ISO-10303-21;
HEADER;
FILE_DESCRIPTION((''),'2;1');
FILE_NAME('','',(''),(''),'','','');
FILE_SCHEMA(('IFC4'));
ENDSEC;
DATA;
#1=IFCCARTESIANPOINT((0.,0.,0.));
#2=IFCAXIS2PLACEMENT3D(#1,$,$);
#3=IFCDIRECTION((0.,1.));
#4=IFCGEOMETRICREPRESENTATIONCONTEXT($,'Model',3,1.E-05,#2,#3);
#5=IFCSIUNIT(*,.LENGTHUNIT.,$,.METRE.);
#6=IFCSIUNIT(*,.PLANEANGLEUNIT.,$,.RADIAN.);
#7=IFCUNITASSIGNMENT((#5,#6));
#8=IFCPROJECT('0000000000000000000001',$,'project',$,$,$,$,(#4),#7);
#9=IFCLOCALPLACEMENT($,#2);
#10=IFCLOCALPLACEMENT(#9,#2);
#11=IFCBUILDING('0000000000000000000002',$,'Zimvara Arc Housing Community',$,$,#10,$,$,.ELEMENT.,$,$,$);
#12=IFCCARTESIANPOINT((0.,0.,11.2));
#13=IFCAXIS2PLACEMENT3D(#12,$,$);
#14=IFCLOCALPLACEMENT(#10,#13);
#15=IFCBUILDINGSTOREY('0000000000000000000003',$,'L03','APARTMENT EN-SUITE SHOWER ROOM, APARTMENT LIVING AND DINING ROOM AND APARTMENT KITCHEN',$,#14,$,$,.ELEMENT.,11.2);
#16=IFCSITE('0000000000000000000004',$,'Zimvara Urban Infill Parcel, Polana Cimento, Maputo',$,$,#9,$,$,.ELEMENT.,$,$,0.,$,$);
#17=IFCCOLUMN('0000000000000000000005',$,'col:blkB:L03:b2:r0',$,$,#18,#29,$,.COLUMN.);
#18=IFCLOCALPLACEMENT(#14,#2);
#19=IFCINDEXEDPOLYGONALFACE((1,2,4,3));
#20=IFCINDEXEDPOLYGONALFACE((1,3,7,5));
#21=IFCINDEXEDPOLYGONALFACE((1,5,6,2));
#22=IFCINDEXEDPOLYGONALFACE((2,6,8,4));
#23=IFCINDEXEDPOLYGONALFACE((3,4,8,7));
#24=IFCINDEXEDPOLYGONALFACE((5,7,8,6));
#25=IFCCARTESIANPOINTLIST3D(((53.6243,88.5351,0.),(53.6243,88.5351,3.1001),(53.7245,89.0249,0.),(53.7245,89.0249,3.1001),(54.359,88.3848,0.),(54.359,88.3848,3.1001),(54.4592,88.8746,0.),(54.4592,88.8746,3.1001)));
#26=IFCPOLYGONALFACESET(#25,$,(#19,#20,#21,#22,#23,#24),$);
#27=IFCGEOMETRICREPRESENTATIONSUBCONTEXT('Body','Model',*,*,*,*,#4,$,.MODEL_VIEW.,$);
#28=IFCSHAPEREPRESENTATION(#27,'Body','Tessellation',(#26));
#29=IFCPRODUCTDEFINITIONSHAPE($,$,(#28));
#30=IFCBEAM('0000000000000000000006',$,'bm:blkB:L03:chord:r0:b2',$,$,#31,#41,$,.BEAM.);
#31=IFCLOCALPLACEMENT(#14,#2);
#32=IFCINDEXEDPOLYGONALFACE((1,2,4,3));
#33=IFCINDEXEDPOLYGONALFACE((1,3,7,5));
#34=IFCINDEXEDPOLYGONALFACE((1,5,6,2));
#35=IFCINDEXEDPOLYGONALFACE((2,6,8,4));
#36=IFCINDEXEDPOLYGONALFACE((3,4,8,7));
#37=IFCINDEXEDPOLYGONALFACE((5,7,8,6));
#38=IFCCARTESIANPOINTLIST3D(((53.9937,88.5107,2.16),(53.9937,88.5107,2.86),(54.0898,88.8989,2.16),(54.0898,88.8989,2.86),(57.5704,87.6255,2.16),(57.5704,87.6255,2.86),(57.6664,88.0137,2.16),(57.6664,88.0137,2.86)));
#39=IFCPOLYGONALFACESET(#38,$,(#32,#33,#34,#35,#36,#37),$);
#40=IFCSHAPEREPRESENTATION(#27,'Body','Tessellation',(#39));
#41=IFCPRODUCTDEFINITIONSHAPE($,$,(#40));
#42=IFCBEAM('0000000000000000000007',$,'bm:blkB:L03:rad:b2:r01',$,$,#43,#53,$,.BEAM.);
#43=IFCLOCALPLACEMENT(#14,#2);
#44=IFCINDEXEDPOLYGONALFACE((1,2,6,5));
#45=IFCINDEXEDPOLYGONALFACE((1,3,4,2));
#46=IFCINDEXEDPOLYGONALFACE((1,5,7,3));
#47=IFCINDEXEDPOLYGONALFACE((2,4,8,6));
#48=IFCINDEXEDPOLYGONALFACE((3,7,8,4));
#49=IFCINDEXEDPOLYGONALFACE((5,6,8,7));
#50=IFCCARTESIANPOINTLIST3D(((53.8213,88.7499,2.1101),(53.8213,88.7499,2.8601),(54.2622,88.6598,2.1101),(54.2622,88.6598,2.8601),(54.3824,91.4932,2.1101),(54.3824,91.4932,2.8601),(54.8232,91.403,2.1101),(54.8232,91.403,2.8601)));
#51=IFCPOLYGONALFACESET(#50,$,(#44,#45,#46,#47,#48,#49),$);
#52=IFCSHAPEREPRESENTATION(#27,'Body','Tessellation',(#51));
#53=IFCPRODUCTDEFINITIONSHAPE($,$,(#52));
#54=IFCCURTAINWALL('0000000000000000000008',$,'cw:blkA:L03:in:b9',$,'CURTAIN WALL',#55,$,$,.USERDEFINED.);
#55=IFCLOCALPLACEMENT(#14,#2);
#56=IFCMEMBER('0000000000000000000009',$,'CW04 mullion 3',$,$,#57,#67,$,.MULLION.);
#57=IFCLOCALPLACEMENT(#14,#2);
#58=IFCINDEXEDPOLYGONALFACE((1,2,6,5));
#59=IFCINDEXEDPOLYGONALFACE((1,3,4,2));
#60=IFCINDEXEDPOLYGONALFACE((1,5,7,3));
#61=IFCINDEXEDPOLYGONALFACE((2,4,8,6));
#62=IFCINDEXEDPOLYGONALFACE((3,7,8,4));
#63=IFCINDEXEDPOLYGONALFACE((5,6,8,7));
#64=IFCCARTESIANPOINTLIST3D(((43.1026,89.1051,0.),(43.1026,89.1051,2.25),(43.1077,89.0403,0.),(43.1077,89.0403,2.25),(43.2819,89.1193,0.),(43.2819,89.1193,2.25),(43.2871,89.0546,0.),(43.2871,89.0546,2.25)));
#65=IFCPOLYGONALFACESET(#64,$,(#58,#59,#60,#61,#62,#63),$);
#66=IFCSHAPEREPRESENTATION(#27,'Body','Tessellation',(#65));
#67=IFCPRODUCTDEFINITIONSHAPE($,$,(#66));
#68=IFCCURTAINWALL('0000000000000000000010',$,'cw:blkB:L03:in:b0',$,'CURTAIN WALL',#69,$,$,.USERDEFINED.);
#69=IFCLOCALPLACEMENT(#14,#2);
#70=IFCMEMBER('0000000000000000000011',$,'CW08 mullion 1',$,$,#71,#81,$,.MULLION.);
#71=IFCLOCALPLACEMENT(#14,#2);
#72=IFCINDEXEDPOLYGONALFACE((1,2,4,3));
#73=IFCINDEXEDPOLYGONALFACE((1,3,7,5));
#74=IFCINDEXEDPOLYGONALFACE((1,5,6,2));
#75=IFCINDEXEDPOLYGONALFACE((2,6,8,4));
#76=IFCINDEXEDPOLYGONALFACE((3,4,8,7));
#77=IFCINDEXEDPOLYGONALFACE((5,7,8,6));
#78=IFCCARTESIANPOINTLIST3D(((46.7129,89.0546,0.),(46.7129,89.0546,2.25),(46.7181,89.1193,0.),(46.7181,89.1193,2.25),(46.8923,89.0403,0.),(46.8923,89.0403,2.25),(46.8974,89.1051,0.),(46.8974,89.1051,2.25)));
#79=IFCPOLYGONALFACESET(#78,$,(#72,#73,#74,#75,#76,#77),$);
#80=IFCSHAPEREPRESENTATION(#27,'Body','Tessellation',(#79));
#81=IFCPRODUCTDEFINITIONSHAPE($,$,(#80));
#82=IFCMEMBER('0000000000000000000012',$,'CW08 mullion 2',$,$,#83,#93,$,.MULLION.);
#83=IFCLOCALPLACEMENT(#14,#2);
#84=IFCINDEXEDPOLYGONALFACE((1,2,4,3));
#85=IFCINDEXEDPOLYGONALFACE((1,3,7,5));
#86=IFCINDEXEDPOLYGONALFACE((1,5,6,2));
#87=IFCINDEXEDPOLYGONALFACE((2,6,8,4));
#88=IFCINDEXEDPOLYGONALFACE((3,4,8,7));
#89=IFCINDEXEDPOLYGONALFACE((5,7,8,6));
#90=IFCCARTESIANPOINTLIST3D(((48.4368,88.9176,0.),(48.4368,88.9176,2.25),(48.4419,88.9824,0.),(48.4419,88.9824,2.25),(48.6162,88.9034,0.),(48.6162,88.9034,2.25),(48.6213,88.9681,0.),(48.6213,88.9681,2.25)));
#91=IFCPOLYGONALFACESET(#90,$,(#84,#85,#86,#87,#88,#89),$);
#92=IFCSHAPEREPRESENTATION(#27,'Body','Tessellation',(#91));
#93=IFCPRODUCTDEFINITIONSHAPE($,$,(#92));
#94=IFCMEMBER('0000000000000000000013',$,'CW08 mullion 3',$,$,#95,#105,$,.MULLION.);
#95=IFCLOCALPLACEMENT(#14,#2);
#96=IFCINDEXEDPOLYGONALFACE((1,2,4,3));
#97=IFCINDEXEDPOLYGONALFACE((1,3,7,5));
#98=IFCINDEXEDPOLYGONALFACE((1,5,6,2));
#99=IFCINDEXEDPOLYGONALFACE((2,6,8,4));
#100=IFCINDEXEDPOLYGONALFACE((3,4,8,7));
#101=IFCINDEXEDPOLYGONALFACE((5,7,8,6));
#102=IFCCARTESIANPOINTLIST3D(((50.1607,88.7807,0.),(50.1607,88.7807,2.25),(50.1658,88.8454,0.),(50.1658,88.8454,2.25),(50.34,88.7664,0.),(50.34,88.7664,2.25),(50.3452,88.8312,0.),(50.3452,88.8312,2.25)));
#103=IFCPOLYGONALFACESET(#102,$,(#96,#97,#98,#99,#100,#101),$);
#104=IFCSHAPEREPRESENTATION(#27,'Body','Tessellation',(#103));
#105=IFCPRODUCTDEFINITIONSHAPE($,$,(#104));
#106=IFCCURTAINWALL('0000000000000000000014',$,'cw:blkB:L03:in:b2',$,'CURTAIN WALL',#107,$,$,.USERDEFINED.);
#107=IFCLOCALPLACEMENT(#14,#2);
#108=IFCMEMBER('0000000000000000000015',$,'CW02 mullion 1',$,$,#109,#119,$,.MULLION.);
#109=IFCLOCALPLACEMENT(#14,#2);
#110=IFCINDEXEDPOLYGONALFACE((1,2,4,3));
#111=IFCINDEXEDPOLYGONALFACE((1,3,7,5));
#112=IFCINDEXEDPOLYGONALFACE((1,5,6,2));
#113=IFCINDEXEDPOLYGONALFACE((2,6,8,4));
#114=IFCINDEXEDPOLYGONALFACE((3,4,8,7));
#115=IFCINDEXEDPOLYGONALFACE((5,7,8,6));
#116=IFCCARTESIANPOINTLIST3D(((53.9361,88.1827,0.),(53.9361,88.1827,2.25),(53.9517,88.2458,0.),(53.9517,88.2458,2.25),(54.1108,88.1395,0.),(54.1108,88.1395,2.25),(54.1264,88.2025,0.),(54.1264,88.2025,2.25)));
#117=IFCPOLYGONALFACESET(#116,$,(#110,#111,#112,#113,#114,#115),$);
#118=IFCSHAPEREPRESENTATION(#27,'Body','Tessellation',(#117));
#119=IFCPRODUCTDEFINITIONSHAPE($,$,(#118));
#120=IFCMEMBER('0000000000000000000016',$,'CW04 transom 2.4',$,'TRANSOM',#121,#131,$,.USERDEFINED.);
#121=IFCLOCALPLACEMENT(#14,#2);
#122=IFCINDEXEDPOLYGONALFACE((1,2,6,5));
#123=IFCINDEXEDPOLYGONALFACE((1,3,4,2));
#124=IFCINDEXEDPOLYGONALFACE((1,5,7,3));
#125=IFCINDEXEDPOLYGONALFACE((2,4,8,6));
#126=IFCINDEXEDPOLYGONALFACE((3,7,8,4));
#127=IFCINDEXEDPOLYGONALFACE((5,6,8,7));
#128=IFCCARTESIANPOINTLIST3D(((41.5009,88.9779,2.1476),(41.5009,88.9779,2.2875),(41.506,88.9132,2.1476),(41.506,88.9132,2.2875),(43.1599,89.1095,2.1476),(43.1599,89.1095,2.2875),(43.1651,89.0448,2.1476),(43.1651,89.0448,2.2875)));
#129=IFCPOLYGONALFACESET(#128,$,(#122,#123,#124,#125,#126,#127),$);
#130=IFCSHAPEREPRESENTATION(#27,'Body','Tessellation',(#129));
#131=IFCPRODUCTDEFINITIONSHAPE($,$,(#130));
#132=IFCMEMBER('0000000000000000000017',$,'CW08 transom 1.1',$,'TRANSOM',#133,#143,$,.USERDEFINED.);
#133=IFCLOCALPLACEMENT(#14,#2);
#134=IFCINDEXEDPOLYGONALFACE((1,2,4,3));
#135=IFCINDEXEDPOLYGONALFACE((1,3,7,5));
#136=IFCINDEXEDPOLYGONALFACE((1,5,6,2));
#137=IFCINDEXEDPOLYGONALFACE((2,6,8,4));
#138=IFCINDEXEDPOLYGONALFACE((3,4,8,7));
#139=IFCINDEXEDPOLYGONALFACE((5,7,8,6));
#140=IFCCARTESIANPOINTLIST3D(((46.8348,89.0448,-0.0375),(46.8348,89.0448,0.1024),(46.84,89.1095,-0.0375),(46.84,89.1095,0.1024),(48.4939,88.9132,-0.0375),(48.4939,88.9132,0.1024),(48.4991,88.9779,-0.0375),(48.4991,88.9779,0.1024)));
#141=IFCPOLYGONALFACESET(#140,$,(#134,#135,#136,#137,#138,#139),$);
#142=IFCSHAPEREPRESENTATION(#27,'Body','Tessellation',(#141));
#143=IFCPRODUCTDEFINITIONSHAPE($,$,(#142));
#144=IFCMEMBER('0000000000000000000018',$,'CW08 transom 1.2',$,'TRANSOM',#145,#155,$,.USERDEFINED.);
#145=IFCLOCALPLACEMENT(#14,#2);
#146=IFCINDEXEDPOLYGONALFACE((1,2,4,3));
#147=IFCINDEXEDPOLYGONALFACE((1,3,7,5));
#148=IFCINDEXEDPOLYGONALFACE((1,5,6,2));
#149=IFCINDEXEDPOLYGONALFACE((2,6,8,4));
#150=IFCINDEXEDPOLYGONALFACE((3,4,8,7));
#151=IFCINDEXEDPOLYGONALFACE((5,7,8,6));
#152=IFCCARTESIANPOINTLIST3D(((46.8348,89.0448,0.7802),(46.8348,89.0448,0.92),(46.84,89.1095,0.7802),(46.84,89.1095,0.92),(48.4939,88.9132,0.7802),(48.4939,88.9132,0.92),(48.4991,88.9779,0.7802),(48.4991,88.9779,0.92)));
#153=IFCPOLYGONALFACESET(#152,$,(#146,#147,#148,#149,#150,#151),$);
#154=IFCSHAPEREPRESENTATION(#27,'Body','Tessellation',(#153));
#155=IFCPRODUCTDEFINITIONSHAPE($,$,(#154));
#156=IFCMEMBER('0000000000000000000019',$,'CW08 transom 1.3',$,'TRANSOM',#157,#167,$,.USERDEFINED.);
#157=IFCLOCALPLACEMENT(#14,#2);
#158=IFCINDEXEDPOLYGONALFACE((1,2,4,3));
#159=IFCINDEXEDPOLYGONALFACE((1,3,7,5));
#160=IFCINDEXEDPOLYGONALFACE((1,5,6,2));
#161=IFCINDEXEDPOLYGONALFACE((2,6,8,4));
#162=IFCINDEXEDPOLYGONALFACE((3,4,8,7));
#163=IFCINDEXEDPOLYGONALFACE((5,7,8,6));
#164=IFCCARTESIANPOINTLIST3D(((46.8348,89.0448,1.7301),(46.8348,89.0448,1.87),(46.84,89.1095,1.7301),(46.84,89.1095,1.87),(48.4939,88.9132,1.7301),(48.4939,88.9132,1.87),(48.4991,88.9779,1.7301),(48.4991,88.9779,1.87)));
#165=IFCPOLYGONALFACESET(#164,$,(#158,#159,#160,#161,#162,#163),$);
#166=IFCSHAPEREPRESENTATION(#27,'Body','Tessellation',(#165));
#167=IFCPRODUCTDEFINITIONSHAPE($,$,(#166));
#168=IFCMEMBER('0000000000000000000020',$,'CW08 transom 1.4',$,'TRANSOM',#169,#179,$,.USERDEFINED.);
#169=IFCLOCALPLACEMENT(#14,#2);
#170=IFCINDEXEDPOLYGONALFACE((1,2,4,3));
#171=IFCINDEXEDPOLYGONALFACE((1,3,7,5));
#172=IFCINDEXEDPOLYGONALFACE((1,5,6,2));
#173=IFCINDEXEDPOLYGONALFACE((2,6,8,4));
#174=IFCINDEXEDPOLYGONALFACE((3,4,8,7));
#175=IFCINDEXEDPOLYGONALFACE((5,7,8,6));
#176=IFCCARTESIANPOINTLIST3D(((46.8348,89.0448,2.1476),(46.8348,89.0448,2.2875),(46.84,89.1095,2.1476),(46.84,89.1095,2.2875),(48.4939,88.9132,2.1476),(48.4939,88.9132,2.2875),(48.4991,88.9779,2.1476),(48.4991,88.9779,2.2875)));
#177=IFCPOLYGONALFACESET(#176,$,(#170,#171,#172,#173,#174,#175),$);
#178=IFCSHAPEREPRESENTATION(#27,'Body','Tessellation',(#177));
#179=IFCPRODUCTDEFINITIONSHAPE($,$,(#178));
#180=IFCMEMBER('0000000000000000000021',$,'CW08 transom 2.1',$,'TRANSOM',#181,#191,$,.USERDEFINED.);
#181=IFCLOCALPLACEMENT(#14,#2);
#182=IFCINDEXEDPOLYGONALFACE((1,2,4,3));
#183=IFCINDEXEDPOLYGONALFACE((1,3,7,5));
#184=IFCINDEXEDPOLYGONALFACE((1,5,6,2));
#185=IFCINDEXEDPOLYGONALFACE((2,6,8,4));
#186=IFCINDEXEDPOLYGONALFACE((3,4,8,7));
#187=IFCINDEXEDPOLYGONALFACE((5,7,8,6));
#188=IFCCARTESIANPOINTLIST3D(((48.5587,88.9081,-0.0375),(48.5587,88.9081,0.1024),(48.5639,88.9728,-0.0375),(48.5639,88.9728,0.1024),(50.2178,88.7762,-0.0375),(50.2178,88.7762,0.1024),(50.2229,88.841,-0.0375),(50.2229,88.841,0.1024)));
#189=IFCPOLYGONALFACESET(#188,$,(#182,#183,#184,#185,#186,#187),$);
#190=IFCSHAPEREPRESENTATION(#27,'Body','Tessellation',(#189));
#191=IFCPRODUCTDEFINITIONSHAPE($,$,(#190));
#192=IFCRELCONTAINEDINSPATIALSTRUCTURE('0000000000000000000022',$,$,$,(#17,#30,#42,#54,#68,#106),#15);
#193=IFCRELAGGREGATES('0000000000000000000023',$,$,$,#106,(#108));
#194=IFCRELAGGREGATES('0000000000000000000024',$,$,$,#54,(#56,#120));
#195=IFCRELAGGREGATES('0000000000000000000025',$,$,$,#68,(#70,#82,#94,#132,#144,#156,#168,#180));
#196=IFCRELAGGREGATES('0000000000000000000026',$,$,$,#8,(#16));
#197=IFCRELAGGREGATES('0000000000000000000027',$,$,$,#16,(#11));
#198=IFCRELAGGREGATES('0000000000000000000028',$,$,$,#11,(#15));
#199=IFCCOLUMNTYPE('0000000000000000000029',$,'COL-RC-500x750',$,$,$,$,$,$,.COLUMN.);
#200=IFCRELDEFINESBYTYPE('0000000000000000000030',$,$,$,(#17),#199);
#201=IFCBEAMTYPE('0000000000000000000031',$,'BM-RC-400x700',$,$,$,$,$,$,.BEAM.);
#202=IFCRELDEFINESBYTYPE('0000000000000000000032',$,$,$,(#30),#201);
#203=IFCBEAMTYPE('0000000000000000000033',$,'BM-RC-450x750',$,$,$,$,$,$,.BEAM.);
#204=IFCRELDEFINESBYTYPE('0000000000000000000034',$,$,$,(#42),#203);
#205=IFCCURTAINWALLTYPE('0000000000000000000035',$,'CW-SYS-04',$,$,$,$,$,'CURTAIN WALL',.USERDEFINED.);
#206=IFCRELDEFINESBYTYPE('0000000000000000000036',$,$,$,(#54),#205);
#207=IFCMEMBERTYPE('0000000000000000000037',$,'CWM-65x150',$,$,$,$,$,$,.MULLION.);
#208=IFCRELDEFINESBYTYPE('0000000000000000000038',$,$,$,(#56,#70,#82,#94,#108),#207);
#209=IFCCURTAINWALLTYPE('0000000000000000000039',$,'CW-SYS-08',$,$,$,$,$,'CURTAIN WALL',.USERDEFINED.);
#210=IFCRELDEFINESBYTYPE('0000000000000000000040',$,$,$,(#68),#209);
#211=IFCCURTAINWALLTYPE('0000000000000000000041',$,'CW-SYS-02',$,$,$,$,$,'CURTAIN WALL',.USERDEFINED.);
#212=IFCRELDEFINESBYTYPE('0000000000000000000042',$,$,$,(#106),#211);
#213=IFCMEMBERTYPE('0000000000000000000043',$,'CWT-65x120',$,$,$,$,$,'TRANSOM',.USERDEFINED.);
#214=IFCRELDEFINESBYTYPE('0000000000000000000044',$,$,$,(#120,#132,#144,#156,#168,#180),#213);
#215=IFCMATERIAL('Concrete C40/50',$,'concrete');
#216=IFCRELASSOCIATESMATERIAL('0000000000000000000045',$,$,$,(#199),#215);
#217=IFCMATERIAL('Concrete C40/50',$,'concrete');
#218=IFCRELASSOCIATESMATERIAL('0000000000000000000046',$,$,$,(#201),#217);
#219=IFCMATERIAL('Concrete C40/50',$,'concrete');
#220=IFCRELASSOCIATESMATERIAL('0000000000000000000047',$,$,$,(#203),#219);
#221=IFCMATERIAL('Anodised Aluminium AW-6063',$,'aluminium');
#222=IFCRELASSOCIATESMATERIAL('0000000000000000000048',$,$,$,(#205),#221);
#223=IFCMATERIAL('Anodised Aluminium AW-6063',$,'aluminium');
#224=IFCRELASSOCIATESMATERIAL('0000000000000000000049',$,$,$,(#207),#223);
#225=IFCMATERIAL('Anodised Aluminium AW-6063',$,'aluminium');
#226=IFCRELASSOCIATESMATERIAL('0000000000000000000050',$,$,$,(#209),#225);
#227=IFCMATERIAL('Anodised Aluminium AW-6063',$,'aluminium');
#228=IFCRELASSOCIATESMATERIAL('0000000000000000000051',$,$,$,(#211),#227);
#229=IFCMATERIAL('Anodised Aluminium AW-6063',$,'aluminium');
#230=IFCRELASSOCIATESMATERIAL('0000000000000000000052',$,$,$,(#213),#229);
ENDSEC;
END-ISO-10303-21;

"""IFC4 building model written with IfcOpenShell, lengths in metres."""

from ifc_helpers import new_model, si_unit, direction, frame, origin, origin_2d, place, context, subcontext, project, spatial, rectangle, extrude, material, material_profile, profile_set, type_object, element, aggregate, save


model = new_model("IFC4")

# Units and contexts
model_context = context("Model", 3, precision=1e-05, world=origin(), true_north=direction((0.0, 1.0)))
body_context = subcontext(model_context, "Body", "Model", "MODEL_VIEW")
ifc_project = project(units=[si_unit("LENGTHUNIT", "METRE"), si_unit("PLANEANGLEUNIT", "RADIAN")], contexts=[model_context])

# Site, building, storey
site_placement = place(None, origin())
site = spatial("IfcSite", under=ifc_project, at=site_placement, Name="Zimvara Urban Infill Parcel, Polana Cimento, Maputo", CompositionType="ELEMENT", RefElevation=0.0)
building_placement = place(site_placement, origin())
building = spatial("IfcBuilding", under=site, at=building_placement, Name="Zimvara Arc Housing Community", CompositionType="ELEMENT")
storey_placement = place(building_placement, frame((0.0, 0.0, 11.2)))
storey = spatial("IfcBuildingStorey", under=building, at=storey_placement, Name="L03", Description="APARTMENT EN-SUITE SHOWER ROOM, APARTMENT LIVING AND DINING ROOM AND APARTMENT KITCHEN", CompositionType="ELEMENT", Elevation=11.2)

# Column
ifc_material_1 = material(Name="Concrete C40/50", Category="concrete")
ifc_material_profile_1 = material_profile(ifc_material_1, rectangle(XDim=0.5, YDim=0.75, at=origin_2d()), Name="RC 500x750")
ifc_profile_set_1 = profile_set([ifc_material_profile_1], Name="Concrete C40/50")
column_type = type_object("IfcColumnType", Name="COL-RC-500x750", PredefinedType="COLUMN", material=ifc_profile_set_1)
column_placement = place(storey_placement, frame((54.0417, 88.7048, 0.0), z_axis=(0.0, 0.0, 1.0), x_axis=(0.200394, 0.979715, 0.0)))
element("IfcColumn", 1, at=column_placement, inside=storey, type_object=column_type, Name="col:blkB:L03:b2:r0", PredefinedType="COLUMN", context=body_context, shape_type="SweptSolid", body=[
    extrude(rectangle(XDim=0.5, YDim=0.75, at=origin_2d()), origin(), (0.0, 0.0, 1.0), 3.1001),
])

# Beams
ifc_material_2 = material(Name="Concrete C40/50", Category="concrete")
ifc_material_profile_2 = material_profile(ifc_material_2, rectangle(XDim=0.3999, YDim=0.7, at=origin_2d()), Name="RC 400x700")
ifc_profile_set_2 = profile_set([ifc_material_profile_2], Name="Concrete C40/50")
beam_type_1 = type_object("IfcBeamType", Name="BM-RC-400x700", PredefinedType="BEAM", material=ifc_profile_set_2)
beam_1_placement = place(storey_placement, frame((54.0417, 88.7048, 2.51), z_axis=(0.970709, -0.240259, 0.0), x_axis=(0.240259, 0.970709, 0.0)))
element("IfcBeam", 2, at=beam_1_placement, inside=storey, type_object=beam_type_1, Name="bm:blkB:L03:chord:r0:b2", PredefinedType="BEAM", context=body_context, shape_type="SweptSolid", body=[
    extrude(rectangle(XDim=0.3999, YDim=0.7, at=origin_2d()), origin(), (0.0, 0.0, 1.0), 3.6846),
])
ifc_material_3 = material(Name="Concrete C40/50", Category="concrete")
ifc_material_profile_3 = material_profile(ifc_material_3, rectangle(XDim=0.45, YDim=0.75, at=origin_2d()), Name="RC 450x750")
ifc_profile_set_3 = profile_set([ifc_material_profile_3], Name="Concrete C40/50")
beam_type_2 = type_object("IfcBeamType", Name="BM-RC-450x750", PredefinedType="BEAM", material=ifc_profile_set_3)
beam_2_placement = place(storey_placement, frame((54.0417, 88.7048, 2.4851), z_axis=(0.200373, 0.97972, 0.0), x_axis=(-0.97972, 0.200373, 0.0)))
element("IfcBeam", 3, at=beam_2_placement, inside=storey, type_object=beam_type_2, Name="bm:blkB:L03:rad:b2:r01", PredefinedType="BEAM", context=body_context, shape_type="SweptSolid", body=[
    extrude(rectangle(XDim=0.45, YDim=0.75, at=origin_2d()), origin(), (0.0, 0.0, 1.0), 2.8),
])

# Curtain wall, member
ifc_material_4 = material(Name="Anodised Aluminium AW-6063", Category="aluminium")
curtain_wall_type_1 = type_object("IfcCurtainWallType", Name="CW-SYS-04", ElementType="CURTAIN WALL", PredefinedType="USERDEFINED", material=ifc_material_4)
curtain_wall_1_placement = place(storey_placement, origin())
curtain_wall_1 = element("IfcCurtainWall", 4, at=curtain_wall_1_placement, inside=storey, type_object=curtain_wall_type_1, Name="cw:blkA:L03:in:b9", ObjectType="CURTAIN WALL", PredefinedType="USERDEFINED")
ifc_material_5 = material(Name="Anodised Aluminium AW-6063", Category="aluminium")
ifc_material_profile_4 = material_profile(ifc_material_5, rectangle(XDim=0.0649, YDim=0.1799, at=origin_2d()), Name="ALU 65x180")
ifc_profile_set_4 = profile_set([ifc_material_profile_4], Name="Anodised Aluminium AW-6063")
member_type_1 = type_object("IfcMemberType", Name="CWM-65x150", PredefinedType="MULLION", material=ifc_profile_set_4)
member_1_placement = place(storey_placement, frame((43.1948, 89.0798, 0.0), z_axis=(0.0, 0.0, 1.0), x_axis=(-0.079155, 0.996862, 0.0)))
member_1 = element("IfcMember", 5, at=member_1_placement, type_object=member_type_1, Name="CW04 mullion 3", PredefinedType="MULLION", context=body_context, shape_type="SweptSolid", body=[
    extrude(rectangle(XDim=0.0649, YDim=0.1799, at=origin_2d()), origin(), (0.0, 0.0, 1.0), 2.25),
])

# Curtain wall, members
ifc_material_6 = material(Name="Anodised Aluminium AW-6063", Category="aluminium")
curtain_wall_type_2 = type_object("IfcCurtainWallType", Name="CW-SYS-08", ElementType="CURTAIN WALL", PredefinedType="USERDEFINED", material=ifc_material_6)
curtain_wall_2_placement = place(storey_placement, origin())
curtain_wall_2 = element("IfcCurtainWall", 6, at=curtain_wall_2_placement, inside=storey, type_object=curtain_wall_type_2, Name="cw:blkB:L03:in:b0", ObjectType="CURTAIN WALL", PredefinedType="USERDEFINED")
member_2_placement = place(storey_placement, frame((46.8052, 89.0798, 0.0), z_axis=(0.0, 0.0, 1.0), x_axis=(0.079155, 0.996862, 0.0)))
member_2 = element("IfcMember", 7, at=member_2_placement, type_object=member_type_1, Name="CW08 mullion 1", PredefinedType="MULLION", context=body_context, shape_type="SweptSolid", body=[
    extrude(rectangle(XDim=0.0649, YDim=0.1799, at=origin_2d()), origin(), (0.0, 0.0, 1.0), 2.25),
])
member_3_placement = place(storey_placement, frame((48.5291, 88.9429, 0.0), z_axis=(0.0, 0.0, 1.0), x_axis=(0.079155, 0.996862, 0.0)))
member_3 = element("IfcMember", 8, at=member_3_placement, type_object=member_type_1, Name="CW08 mullion 2", PredefinedType="MULLION", context=body_context, shape_type="SweptSolid", body=[
    extrude(rectangle(XDim=0.0649, YDim=0.1799, at=origin_2d()), origin(), (0.0, 0.0, 1.0), 2.25),
])
member_4_placement = place(storey_placement, frame((50.2529, 88.8059, 0.0), z_axis=(0.0, 0.0, 1.0), x_axis=(0.079155, 0.996862, 0.0)))
member_4 = element("IfcMember", 9, at=member_4_placement, type_object=member_type_1, Name="CW08 mullion 3", PredefinedType="MULLION", context=body_context, shape_type="SweptSolid", body=[
    extrude(rectangle(XDim=0.0649, YDim=0.1799, at=origin_2d()), origin(), (0.0, 0.0, 1.0), 2.25),
])

# Curtain wall, member
ifc_material_7 = material(Name="Anodised Aluminium AW-6063", Category="aluminium")
curtain_wall_type_3 = type_object("IfcCurtainWallType", Name="CW-SYS-02", ElementType="CURTAIN WALL", PredefinedType="USERDEFINED", material=ifc_material_7)
curtain_wall_3_placement = place(storey_placement, origin())
curtain_wall_3 = element("IfcCurtainWall", 10, at=curtain_wall_3_placement, inside=storey, type_object=curtain_wall_type_3, Name="cw:blkB:L03:in:b2", ObjectType="CURTAIN WALL", PredefinedType="USERDEFINED")
member_5_placement = place(storey_placement, frame((54.0312, 88.1926, 0.0), z_axis=(0.0, 0.0, 1.0), x_axis=(0.240228, 0.970717, 0.0)))
member_5 = element("IfcMember", 11, at=member_5_placement, type_object=member_type_1, Name="CW02 mullion 1", PredefinedType="MULLION", context=body_context, shape_type="SweptSolid", body=[
    extrude(rectangle(XDim=0.0649, YDim=0.1799, at=origin_2d()), origin(), (0.0, 0.0, 1.0), 2.25),
])
aggregate(curtain_wall_3, [member_5])

# Members
ifc_material_8 = material(Name="Anodised Aluminium AW-6063", Category="aluminium")
ifc_material_profile_5 = material_profile(ifc_material_8, rectangle(XDim=0.0649, YDim=0.1399, at=origin_2d()), Name="ALU 65x140")
ifc_profile_set_5 = profile_set([ifc_material_profile_5], Name="Anodised Aluminium AW-6063")
member_type_2 = type_object("IfcMemberType", Name="CWT-65x120", ElementType="TRANSOM", PredefinedType="USERDEFINED", material=ifc_profile_set_5)
member_6_placement = place(storey_placement, frame((41.5034, 88.9456, 2.2175), z_axis=(0.99687, 0.079063, 0.0), x_axis=(-0.079063, 0.99687, 0.0)))
member_6 = element("IfcMember", 12, at=member_6_placement, type_object=member_type_2, Name="CW04 transom 2.4", ObjectType="TRANSOM", PredefinedType="USERDEFINED", context=body_context, shape_type="SweptSolid", body=[
    extrude(rectangle(XDim=0.0649, YDim=0.1399, at=origin_2d()), origin(), (0.0, 0.0, 1.0), 1.6643),
])
member_7_placement = place(storey_placement, frame((46.8374, 89.0771, 0.0325), z_axis=(0.99687, -0.079063, 0.0), x_axis=(0.079063, 0.99687, 0.0)))
member_7 = element("IfcMember", 13, at=member_7_placement, type_object=member_type_2, Name="CW08 transom 1.1", ObjectType="TRANSOM", PredefinedType="USERDEFINED", context=body_context, shape_type="SweptSolid", body=[
    extrude(rectangle(XDim=0.0649, YDim=0.1399, at=origin_2d()), origin(), (0.0, 0.0, 1.0), 1.6643),
])
member_8_placement = place(storey_placement, frame((46.8374, 89.0771, 0.8501), z_axis=(0.99687, -0.079063, 0.0), x_axis=(0.079063, 0.99687, 0.0)))
member_8 = element("IfcMember", 14, at=member_8_placement, type_object=member_type_2, Name="CW08 transom 1.2", ObjectType="TRANSOM", PredefinedType="USERDEFINED", context=body_context, shape_type="SweptSolid", body=[
    extrude(rectangle(XDim=0.0649, YDim=0.1399, at=origin_2d()), origin(), (0.0, 0.0, 1.0), 1.6643),
])
member_9_placement = place(storey_placement, frame((46.8374, 89.0771, 1.8), z_axis=(0.99687, -0.079063, 0.0), x_axis=(0.079063, 0.99687, 0.0)))
member_9 = element("IfcMember", 15, at=member_9_placement, type_object=member_type_2, Name="CW08 transom 1.3", ObjectType="TRANSOM", PredefinedType="USERDEFINED", context=body_context, shape_type="SweptSolid", body=[
    extrude(rectangle(XDim=0.0649, YDim=0.1399, at=origin_2d()), origin(), (0.0, 0.0, 1.0), 1.6643),
])
member_10_placement = place(storey_placement, frame((46.8374, 89.0771, 2.2175), z_axis=(0.99687, -0.079063, 0.0), x_axis=(0.079063, 0.99687, 0.0)))
member_10 = element("IfcMember", 16, at=member_10_placement, type_object=member_type_2, Name="CW08 transom 1.4", ObjectType="TRANSOM", PredefinedType="USERDEFINED", context=body_context, shape_type="SweptSolid", body=[
    extrude(rectangle(XDim=0.0649, YDim=0.1399, at=origin_2d()), origin(), (0.0, 0.0, 1.0), 1.6643),
])
member_11_placement = place(storey_placement, frame((48.5613, 88.9404, 0.0325), z_axis=(0.996858, -0.079209, 0.0), x_axis=(0.079209, 0.996858, 0.0)))
member_11 = element("IfcMember", 17, at=member_11_placement, type_object=member_type_2, Name="CW08 transom 2.1", ObjectType="TRANSOM", PredefinedType="USERDEFINED", context=body_context, shape_type="SweptSolid", body=[
    extrude(rectangle(XDim=0.0649, YDim=0.1399, at=origin_2d()), origin(), (0.0, 0.0, 1.0), 1.6643),
])

aggregate(curtain_wall_1, [member_1, member_6])
aggregate(curtain_wall_2, [member_2, member_3, member_4, member_7, member_8, member_9, member_10, member_11])

save(model, "model.ifc")
